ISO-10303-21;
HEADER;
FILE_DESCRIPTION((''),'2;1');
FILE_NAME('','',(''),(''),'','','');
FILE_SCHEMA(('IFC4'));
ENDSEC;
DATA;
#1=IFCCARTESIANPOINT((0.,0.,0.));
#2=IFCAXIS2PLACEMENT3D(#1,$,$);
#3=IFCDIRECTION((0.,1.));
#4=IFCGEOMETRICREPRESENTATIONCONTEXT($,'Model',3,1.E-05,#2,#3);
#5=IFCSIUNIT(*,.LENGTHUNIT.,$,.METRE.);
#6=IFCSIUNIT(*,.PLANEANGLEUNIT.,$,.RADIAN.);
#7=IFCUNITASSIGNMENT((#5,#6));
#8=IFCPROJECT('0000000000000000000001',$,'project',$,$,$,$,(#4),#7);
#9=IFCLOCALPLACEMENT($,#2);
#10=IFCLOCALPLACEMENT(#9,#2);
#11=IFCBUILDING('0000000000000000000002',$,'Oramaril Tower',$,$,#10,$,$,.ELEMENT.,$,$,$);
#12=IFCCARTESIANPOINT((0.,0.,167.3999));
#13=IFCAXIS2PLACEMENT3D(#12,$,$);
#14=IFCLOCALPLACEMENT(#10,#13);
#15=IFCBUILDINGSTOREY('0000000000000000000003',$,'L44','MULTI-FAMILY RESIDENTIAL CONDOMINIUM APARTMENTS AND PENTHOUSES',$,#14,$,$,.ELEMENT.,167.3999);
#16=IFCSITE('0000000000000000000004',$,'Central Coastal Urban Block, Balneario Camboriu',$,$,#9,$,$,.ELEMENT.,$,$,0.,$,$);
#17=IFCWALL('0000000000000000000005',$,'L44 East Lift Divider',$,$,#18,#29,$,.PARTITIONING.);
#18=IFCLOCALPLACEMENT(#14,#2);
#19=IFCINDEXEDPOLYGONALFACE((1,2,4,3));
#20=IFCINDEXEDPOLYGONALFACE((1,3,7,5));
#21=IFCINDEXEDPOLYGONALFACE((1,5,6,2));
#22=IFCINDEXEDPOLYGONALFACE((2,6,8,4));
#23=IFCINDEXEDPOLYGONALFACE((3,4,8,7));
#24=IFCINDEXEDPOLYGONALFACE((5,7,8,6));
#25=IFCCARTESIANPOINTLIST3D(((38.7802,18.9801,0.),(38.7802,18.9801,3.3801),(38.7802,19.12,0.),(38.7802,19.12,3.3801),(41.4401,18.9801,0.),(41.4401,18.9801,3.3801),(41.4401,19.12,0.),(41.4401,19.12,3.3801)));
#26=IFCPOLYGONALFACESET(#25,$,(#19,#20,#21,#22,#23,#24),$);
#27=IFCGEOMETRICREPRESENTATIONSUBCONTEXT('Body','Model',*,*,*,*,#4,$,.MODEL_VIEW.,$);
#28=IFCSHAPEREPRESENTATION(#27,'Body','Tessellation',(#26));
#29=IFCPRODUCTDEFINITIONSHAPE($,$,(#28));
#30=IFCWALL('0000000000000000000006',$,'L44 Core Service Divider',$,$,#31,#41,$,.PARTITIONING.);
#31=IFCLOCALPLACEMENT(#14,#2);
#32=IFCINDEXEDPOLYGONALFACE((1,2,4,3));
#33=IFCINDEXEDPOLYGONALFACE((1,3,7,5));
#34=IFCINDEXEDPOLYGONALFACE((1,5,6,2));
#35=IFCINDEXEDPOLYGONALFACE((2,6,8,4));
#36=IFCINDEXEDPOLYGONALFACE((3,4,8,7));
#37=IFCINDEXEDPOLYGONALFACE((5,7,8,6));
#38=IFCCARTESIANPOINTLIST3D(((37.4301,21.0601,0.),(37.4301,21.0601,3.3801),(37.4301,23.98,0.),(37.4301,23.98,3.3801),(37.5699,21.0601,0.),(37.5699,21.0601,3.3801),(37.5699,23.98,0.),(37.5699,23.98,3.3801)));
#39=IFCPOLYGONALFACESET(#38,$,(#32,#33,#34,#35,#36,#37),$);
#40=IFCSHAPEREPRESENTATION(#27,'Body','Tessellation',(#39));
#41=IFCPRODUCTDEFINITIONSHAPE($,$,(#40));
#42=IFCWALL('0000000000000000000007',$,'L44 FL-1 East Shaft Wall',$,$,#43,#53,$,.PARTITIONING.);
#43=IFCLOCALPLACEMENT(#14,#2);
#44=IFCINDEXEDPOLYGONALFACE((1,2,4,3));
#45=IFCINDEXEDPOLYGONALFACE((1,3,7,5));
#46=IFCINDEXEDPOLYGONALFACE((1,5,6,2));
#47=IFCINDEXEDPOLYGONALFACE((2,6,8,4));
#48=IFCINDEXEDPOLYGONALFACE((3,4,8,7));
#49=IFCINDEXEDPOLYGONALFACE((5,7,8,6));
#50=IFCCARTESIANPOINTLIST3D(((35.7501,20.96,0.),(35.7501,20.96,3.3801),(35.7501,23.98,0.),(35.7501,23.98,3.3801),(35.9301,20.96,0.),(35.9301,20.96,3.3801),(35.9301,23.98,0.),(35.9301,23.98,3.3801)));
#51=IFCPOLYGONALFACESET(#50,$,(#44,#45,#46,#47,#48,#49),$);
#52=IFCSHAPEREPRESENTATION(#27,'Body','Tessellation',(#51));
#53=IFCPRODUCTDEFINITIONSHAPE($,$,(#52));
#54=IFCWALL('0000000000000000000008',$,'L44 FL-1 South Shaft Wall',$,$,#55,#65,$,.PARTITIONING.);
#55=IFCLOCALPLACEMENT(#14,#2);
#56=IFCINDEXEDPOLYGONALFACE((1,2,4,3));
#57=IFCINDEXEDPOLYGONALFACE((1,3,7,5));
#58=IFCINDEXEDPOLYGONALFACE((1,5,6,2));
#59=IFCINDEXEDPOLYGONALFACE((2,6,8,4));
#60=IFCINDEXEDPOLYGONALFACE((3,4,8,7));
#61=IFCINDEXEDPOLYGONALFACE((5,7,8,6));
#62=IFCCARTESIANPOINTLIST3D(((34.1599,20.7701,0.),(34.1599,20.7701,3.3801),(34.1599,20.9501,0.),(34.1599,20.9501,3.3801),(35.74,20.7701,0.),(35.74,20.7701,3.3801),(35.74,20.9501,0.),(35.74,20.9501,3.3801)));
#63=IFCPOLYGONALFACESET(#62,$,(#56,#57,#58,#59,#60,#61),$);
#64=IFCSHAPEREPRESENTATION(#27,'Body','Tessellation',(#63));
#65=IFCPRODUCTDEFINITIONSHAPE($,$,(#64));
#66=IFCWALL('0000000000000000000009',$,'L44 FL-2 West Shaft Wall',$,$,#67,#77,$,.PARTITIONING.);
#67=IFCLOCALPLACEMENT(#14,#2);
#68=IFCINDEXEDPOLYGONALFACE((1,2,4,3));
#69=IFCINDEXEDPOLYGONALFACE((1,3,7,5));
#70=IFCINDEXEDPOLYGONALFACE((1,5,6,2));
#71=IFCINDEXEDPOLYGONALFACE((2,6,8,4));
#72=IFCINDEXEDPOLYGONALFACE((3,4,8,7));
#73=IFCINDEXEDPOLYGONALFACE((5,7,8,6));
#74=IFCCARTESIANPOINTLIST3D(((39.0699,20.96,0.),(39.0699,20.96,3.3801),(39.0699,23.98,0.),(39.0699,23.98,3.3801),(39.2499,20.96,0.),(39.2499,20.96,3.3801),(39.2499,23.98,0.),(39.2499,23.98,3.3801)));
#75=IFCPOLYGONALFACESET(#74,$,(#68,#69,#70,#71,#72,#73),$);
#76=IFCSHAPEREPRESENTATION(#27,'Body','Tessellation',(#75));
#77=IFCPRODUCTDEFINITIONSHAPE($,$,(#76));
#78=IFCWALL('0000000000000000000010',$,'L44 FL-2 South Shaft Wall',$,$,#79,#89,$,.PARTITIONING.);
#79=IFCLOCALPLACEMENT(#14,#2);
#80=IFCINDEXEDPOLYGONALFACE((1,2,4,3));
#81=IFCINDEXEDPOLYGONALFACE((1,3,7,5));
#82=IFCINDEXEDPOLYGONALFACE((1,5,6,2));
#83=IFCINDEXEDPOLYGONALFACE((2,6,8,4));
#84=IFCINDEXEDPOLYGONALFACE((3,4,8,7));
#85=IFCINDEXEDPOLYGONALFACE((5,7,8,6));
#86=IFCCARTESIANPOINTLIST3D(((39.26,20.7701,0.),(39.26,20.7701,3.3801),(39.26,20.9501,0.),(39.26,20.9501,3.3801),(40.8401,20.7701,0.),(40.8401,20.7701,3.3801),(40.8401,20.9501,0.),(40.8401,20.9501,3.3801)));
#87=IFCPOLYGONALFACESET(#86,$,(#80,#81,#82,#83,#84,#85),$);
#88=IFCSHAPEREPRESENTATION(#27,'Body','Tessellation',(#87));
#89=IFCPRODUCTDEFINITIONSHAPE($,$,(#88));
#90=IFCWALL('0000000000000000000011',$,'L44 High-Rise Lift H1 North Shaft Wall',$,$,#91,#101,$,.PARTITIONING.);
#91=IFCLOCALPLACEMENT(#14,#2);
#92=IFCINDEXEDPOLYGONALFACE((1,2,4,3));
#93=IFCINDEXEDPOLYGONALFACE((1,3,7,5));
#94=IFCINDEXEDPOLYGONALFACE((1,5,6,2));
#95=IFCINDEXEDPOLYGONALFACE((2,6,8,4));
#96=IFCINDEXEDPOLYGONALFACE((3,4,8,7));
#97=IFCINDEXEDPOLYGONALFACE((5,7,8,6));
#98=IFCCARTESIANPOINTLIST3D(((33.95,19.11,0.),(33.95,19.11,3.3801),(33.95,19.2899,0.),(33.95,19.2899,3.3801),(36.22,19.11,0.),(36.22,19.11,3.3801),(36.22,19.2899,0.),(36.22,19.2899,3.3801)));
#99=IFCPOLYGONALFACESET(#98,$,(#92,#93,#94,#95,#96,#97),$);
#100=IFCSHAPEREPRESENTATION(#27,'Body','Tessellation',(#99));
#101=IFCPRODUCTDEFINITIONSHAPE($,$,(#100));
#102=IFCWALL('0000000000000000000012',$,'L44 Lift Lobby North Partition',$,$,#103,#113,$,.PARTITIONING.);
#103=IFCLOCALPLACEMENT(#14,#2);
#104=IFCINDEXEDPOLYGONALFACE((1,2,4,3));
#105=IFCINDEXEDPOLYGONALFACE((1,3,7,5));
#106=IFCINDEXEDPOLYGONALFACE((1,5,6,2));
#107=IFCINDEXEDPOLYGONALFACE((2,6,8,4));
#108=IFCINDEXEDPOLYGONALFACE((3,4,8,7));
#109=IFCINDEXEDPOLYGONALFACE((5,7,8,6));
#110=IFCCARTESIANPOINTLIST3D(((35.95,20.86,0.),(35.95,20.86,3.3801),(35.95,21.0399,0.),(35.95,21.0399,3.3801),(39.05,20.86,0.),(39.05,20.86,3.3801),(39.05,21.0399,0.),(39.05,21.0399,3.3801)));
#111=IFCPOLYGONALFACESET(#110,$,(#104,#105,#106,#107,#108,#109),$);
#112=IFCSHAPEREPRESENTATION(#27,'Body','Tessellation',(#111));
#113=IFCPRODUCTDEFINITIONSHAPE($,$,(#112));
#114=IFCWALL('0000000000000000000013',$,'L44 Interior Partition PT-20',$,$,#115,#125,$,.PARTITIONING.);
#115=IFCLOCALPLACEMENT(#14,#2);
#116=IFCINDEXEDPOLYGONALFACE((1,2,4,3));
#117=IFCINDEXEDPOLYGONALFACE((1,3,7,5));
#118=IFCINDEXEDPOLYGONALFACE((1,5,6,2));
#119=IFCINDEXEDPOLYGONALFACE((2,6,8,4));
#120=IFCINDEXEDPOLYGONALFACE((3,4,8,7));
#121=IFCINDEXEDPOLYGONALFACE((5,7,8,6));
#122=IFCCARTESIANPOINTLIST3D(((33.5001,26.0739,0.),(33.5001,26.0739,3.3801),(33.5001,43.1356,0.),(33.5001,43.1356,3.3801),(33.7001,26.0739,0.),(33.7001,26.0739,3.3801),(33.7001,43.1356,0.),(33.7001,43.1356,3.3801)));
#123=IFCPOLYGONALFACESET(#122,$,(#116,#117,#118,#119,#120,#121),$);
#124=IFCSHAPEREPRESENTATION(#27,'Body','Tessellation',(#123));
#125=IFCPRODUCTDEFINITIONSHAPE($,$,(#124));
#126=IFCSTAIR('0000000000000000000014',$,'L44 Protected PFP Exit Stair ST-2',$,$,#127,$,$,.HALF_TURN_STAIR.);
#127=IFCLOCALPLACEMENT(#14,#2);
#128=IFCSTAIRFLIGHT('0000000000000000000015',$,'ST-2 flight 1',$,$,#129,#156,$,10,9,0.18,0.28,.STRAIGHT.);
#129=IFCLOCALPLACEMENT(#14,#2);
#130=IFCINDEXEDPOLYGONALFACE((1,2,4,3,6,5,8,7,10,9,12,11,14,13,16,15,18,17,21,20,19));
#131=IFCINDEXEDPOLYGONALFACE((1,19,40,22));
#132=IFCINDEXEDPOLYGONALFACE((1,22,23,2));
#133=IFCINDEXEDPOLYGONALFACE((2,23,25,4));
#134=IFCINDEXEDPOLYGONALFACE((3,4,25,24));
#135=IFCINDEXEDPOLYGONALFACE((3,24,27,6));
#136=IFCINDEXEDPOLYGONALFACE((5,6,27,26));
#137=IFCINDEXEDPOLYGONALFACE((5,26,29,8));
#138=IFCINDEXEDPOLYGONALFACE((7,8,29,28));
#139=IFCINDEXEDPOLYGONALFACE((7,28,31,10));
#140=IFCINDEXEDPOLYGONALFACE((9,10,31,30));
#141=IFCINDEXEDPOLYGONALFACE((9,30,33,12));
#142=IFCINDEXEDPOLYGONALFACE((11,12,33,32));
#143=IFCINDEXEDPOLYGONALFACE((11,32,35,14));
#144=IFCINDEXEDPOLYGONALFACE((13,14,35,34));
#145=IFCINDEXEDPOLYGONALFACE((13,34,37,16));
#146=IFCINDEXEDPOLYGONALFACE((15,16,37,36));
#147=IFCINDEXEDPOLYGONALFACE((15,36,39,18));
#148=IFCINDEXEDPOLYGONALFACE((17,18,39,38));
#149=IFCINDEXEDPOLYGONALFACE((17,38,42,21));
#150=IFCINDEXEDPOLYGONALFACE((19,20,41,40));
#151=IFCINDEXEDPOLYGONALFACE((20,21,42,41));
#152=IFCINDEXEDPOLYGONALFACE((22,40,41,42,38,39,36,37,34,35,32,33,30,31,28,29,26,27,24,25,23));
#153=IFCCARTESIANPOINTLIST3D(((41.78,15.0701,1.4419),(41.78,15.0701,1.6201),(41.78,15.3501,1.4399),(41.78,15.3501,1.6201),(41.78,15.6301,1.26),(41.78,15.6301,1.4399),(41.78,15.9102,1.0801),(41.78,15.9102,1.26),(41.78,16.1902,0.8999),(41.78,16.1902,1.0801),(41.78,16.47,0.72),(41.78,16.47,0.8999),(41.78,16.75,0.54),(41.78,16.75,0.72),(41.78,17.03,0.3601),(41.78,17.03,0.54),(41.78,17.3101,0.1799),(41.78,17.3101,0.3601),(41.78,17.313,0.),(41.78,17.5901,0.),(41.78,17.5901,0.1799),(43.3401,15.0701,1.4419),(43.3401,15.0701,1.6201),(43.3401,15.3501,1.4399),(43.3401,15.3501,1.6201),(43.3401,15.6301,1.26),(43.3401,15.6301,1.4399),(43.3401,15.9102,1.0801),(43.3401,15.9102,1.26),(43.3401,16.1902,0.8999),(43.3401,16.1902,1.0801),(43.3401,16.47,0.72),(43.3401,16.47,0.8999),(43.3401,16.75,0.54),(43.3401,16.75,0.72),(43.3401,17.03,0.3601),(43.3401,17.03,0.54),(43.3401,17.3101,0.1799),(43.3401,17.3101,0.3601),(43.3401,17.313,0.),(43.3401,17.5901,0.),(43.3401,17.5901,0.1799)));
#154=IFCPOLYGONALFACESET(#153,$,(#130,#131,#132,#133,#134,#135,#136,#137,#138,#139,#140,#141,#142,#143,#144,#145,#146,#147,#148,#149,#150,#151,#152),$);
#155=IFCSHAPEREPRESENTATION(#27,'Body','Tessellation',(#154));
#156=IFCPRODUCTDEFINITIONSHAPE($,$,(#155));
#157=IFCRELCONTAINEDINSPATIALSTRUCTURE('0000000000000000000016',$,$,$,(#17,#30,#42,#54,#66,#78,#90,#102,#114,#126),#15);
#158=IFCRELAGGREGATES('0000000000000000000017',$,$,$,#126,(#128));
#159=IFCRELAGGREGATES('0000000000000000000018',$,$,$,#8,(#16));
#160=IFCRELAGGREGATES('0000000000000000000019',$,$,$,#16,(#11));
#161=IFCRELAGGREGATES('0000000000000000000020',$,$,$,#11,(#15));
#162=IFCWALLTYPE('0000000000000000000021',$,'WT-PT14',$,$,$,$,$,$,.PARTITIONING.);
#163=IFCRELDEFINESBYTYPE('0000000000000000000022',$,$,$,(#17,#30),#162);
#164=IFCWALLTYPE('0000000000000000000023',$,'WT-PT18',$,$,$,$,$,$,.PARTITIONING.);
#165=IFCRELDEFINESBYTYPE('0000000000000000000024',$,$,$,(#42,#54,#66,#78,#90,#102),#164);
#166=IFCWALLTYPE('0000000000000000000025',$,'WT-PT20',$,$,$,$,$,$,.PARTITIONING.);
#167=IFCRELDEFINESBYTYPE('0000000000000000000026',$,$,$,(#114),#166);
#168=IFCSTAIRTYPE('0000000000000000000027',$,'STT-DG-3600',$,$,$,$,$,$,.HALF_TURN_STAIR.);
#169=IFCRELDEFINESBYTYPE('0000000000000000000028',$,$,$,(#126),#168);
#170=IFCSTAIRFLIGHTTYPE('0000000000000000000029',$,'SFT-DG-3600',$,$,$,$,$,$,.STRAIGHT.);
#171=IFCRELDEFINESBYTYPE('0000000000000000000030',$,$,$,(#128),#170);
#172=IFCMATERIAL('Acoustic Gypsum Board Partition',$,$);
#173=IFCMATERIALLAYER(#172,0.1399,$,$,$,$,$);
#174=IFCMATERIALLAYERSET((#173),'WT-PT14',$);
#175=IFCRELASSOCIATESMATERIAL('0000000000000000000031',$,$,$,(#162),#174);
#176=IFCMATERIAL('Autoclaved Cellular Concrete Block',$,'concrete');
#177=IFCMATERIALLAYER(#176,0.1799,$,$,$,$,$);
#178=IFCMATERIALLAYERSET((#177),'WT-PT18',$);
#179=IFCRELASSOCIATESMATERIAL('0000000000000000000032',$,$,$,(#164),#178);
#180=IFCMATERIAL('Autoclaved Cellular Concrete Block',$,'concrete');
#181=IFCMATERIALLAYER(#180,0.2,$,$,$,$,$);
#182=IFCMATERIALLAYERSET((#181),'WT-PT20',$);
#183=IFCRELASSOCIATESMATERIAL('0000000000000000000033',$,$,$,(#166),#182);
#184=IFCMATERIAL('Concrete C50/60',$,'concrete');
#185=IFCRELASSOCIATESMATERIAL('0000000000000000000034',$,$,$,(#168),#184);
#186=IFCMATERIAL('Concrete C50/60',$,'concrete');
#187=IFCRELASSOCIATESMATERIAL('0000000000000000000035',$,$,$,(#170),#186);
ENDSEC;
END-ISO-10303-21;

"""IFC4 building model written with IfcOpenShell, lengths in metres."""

from ifc_helpers import new_model, si_unit, direction, frame, frame_2d, origin, place, context, subcontext, project, spatial, polyline, rectangle, outline, extrude, material, layer, layer_set, type_object, element, aggregate, save


model = new_model("IFC4")

# Units and contexts
model_context = context("Model", 3, precision=1e-05, world=origin(), true_north=direction((0.0, 1.0)))
body_context = subcontext(model_context, "Body", "Model", "MODEL_VIEW")
ifc_project = project(units=[si_unit("LENGTHUNIT", "METRE"), si_unit("PLANEANGLEUNIT", "RADIAN")], contexts=[model_context])

# Site, building, storey
site_placement = place(None, origin())
site = spatial("IfcSite", under=ifc_project, at=site_placement, Name="Central Coastal Urban Block, Balneario Camboriu", CompositionType="ELEMENT", RefElevation=0.0)
building_placement = place(site_placement, origin())
building = spatial("IfcBuilding", under=site, at=building_placement, Name="Oramaril Tower", CompositionType="ELEMENT")
storey_placement = place(building_placement, frame((0.0, 0.0, 167.3999)))
storey = spatial("IfcBuildingStorey", under=building, at=storey_placement, Name="L44", Description="MULTI-FAMILY RESIDENTIAL CONDOMINIUM APARTMENTS AND PENTHOUSES", CompositionType="ELEMENT", Elevation=167.3999)

# Walls
ifc_material_1 = material(Name="Acoustic Gypsum Board Partition")
ifc_layer_1 = layer(ifc_material_1, 0.1399)
ifc_layer_set_1 = layer_set([ifc_layer_1], Name="WT-PT14")
wall_type_1 = type_object("IfcWallType", Name="WT-PT14", PredefinedType="PARTITIONING", material=ifc_layer_set_1)
wall_1_placement = place(storey_placement, frame((38.78, 19.05, 0.0), z_axis=(0.0, 0.0, 1.0), x_axis=(1.0, 0.0, 0.0)))
element("IfcWall", 1, at=wall_1_placement, inside=storey, type_object=wall_type_1, Name="L44 East Lift Divider", PredefinedType="PARTITIONING", context=body_context, shape_type="SweptSolid", body=[
    extrude(rectangle(XDim=2.6599, YDim=0.1399, at=frame_2d((1.3301, 0.0))), origin(), (0.0, 0.0, 1.0), 3.3801),
])
wall_2_placement = place(storey_placement, frame((37.5, 21.0601, 0.0), z_axis=(0.0, 0.0, 1.0), x_axis=(0.0, 1.0, 0.0)))
element("IfcWall", 2, at=wall_2_placement, inside=storey, type_object=wall_type_1, Name="L44 Core Service Divider", PredefinedType="PARTITIONING", context=body_context, shape_type="SweptSolid", body=[
    extrude(rectangle(XDim=2.9199, YDim=0.1399, at=frame_2d((1.46, 0.0))), origin(), (0.0, 0.0, 1.0), 3.3801),
])
ifc_material_2 = material(Name="Autoclaved Cellular Concrete Block", Category="concrete")
ifc_layer_2 = layer(ifc_material_2, 0.1799)
ifc_layer_set_2 = layer_set([ifc_layer_2], Name="WT-PT18")
wall_type_2 = type_object("IfcWallType", Name="WT-PT18", PredefinedType="PARTITIONING", material=ifc_layer_set_2)
wall_3_placement = place(storey_placement, frame((35.8401, 20.96, 0.0), z_axis=(0.0, 0.0, 1.0), x_axis=(0.0, 1.0, 0.0)))
element("IfcWall", 3, at=wall_3_placement, inside=storey, type_object=wall_type_2, Name="L44 FL-1 East Shaft Wall", PredefinedType="PARTITIONING", context=body_context, shape_type="SweptSolid", body=[
    extrude(rectangle(XDim=3.02, YDim=0.1799, at=frame_2d((1.51, 0.0))), origin(), (0.0, 0.0, 1.0), 3.3801),
])
wall_4_placement = place(storey_placement, frame((34.1599, 20.8601, 0.0), z_axis=(0.0, 0.0, 1.0), x_axis=(1.0, 0.0, 0.0)))
element("IfcWall", 4, at=wall_4_placement, inside=storey, type_object=wall_type_2, Name="L44 FL-1 South Shaft Wall", PredefinedType="PARTITIONING", context=body_context, shape_type="SweptSolid", body=[
    extrude(rectangle(XDim=1.5801, YDim=0.1799, at=frame_2d((0.79, 0.0))), origin(), (0.0, 0.0, 1.0), 3.3801),
])
wall_5_placement = place(storey_placement, frame((39.1599, 20.96, 0.0), z_axis=(0.0, 0.0, 1.0), x_axis=(0.0, 1.0, 0.0)))
element("IfcWall", 5, at=wall_5_placement, inside=storey, type_object=wall_type_2, Name="L44 FL-2 West Shaft Wall", PredefinedType="PARTITIONING", context=body_context, shape_type="SweptSolid", body=[
    extrude(rectangle(XDim=3.02, YDim=0.1799, at=frame_2d((1.51, 0.0))), origin(), (0.0, 0.0, 1.0), 3.3801),
])
wall_6_placement = place(storey_placement, frame((39.26, 20.8601, 0.0), z_axis=(0.0, 0.0, 1.0), x_axis=(1.0, 0.0, 0.0)))
element("IfcWall", 6, at=wall_6_placement, inside=storey, type_object=wall_type_2, Name="L44 FL-2 South Shaft Wall", PredefinedType="PARTITIONING", context=body_context, shape_type="SweptSolid", body=[
    extrude(rectangle(XDim=1.5801, YDim=0.1799, at=frame_2d((0.79, 0.0))), origin(), (0.0, 0.0, 1.0), 3.3801),
])
wall_7_placement = place(storey_placement, frame((33.95, 19.2, 0.0), z_axis=(0.0, 0.0, 1.0), x_axis=(1.0, 0.0, 0.0)))
element("IfcWall", 7, at=wall_7_placement, inside=storey, type_object=wall_type_2, Name="L44 High-Rise Lift H1 North Shaft Wall", PredefinedType="PARTITIONING", context=body_context, shape_type="SweptSolid", body=[
    extrude(rectangle(XDim=2.27, YDim=0.1799, at=frame_2d((1.135, 0.0))), origin(), (0.0, 0.0, 1.0), 3.3801),
])
wall_8_placement = place(storey_placement, frame((35.95, 20.95, 0.0), z_axis=(0.0, 0.0, 1.0), x_axis=(1.0, 0.0, 0.0)))
element("IfcWall", 8, at=wall_8_placement, inside=storey, type_object=wall_type_2, Name="L44 Lift Lobby North Partition", PredefinedType="PARTITIONING", context=body_context, shape_type="SweptSolid", body=[
    extrude(rectangle(XDim=3.1001, YDim=0.1799, at=frame_2d((1.55, 0.0))), origin(), (0.0, 0.0, 1.0), 3.3801),
])

# Shared definitions
ifc_material_3 = material(Name="Autoclaved Cellular Concrete Block", Category="concrete")
ifc_layer_3 = layer(ifc_material_3, 0.2)
ifc_layer_set_3 = layer_set([ifc_layer_3], Name="WT-PT20")
wall_type_3 = type_object("IfcWallType", Name="WT-PT20", PredefinedType="PARTITIONING", material=ifc_layer_set_3)

# Wall
wall_9_placement = place(storey_placement, frame((33.6001, 26.074, 0.0), z_axis=(0.0, 0.0, 1.0), x_axis=(0.0, 1.0, 0.0)))
element("IfcWall", 9, at=wall_9_placement, inside=storey, type_object=wall_type_3, Name="L44 Interior Partition PT-20", PredefinedType="PARTITIONING", context=body_context, shape_type="SweptSolid", body=[
    extrude(rectangle(XDim=17.0618, YDim=0.2, at=frame_2d((8.5308, 0.0))), origin(), (0.0, 0.0, 1.0), 3.3801),
])

# Stair, stair flight
ifc_material_4 = material(Name="Concrete C50/60", Category="concrete")
stair_type = type_object("IfcStairType", Name="STT-DG-3600", PredefinedType="HALF_TURN_STAIR", material=ifc_material_4)
stair_placement = place(storey_placement, origin())
stair = element("IfcStair", 10, at=stair_placement, inside=storey, type_object=stair_type, Name="L44 Protected PFP Exit Stair ST-2", PredefinedType="HALF_TURN_STAIR")
ifc_material_5 = material(Name="Concrete C50/60", Category="concrete")
stair_flight_type = type_object("IfcStairFlightType", Name="SFT-DG-3600", PredefinedType="STRAIGHT", material=ifc_material_5)
stair_flight_placement = place(storey_placement, frame((42.5601, 17.5901, 0.0), z_axis=(0.0, 0.0, 1.0), x_axis=(0.0, -1.0, 0.0)))
stair_flight = element("IfcStairFlight", 11, at=stair_flight_placement, type_object=stair_flight_type, Name="ST-2 flight 1", NumberOfRisers=10, NumberOfTreads=9, PredefinedType="STRAIGHT", RiserHeight=0.18, TreadLength=0.28, context=body_context, shape_type="SweptSolid", body=[
    extrude(outline(polyline([(0.0, 0.0), (0.0, 0.1799), (0.28, 0.1799), (0.28, 0.3601), (0.5601, 0.3601), (0.5601, 0.54), (0.8401, 0.54), (0.8401, 0.72), (1.1201, 0.72), (1.1201, 0.8999), (1.3999, 0.8999), (1.3999, 1.0801), (1.6799, 1.0801), (1.6799, 1.26), (1.96, 1.26), (1.96, 1.4399), (2.24, 1.4399), (2.24, 1.6201), (2.52, 1.6201), (2.52, 1.8), (2.52, 1.4419), (0.2771, 0.0), (0.0, 0.0)])), frame((0.0, 0.78, 0.0), z_axis=(0.0, -1.0, 0.0), x_axis=(1.0, 0.0, 0.0)), (0.0, 0.0, 1.0), 1.5601),
])
aggregate(stair, [stair_flight])

save(model, "model.ifc")
